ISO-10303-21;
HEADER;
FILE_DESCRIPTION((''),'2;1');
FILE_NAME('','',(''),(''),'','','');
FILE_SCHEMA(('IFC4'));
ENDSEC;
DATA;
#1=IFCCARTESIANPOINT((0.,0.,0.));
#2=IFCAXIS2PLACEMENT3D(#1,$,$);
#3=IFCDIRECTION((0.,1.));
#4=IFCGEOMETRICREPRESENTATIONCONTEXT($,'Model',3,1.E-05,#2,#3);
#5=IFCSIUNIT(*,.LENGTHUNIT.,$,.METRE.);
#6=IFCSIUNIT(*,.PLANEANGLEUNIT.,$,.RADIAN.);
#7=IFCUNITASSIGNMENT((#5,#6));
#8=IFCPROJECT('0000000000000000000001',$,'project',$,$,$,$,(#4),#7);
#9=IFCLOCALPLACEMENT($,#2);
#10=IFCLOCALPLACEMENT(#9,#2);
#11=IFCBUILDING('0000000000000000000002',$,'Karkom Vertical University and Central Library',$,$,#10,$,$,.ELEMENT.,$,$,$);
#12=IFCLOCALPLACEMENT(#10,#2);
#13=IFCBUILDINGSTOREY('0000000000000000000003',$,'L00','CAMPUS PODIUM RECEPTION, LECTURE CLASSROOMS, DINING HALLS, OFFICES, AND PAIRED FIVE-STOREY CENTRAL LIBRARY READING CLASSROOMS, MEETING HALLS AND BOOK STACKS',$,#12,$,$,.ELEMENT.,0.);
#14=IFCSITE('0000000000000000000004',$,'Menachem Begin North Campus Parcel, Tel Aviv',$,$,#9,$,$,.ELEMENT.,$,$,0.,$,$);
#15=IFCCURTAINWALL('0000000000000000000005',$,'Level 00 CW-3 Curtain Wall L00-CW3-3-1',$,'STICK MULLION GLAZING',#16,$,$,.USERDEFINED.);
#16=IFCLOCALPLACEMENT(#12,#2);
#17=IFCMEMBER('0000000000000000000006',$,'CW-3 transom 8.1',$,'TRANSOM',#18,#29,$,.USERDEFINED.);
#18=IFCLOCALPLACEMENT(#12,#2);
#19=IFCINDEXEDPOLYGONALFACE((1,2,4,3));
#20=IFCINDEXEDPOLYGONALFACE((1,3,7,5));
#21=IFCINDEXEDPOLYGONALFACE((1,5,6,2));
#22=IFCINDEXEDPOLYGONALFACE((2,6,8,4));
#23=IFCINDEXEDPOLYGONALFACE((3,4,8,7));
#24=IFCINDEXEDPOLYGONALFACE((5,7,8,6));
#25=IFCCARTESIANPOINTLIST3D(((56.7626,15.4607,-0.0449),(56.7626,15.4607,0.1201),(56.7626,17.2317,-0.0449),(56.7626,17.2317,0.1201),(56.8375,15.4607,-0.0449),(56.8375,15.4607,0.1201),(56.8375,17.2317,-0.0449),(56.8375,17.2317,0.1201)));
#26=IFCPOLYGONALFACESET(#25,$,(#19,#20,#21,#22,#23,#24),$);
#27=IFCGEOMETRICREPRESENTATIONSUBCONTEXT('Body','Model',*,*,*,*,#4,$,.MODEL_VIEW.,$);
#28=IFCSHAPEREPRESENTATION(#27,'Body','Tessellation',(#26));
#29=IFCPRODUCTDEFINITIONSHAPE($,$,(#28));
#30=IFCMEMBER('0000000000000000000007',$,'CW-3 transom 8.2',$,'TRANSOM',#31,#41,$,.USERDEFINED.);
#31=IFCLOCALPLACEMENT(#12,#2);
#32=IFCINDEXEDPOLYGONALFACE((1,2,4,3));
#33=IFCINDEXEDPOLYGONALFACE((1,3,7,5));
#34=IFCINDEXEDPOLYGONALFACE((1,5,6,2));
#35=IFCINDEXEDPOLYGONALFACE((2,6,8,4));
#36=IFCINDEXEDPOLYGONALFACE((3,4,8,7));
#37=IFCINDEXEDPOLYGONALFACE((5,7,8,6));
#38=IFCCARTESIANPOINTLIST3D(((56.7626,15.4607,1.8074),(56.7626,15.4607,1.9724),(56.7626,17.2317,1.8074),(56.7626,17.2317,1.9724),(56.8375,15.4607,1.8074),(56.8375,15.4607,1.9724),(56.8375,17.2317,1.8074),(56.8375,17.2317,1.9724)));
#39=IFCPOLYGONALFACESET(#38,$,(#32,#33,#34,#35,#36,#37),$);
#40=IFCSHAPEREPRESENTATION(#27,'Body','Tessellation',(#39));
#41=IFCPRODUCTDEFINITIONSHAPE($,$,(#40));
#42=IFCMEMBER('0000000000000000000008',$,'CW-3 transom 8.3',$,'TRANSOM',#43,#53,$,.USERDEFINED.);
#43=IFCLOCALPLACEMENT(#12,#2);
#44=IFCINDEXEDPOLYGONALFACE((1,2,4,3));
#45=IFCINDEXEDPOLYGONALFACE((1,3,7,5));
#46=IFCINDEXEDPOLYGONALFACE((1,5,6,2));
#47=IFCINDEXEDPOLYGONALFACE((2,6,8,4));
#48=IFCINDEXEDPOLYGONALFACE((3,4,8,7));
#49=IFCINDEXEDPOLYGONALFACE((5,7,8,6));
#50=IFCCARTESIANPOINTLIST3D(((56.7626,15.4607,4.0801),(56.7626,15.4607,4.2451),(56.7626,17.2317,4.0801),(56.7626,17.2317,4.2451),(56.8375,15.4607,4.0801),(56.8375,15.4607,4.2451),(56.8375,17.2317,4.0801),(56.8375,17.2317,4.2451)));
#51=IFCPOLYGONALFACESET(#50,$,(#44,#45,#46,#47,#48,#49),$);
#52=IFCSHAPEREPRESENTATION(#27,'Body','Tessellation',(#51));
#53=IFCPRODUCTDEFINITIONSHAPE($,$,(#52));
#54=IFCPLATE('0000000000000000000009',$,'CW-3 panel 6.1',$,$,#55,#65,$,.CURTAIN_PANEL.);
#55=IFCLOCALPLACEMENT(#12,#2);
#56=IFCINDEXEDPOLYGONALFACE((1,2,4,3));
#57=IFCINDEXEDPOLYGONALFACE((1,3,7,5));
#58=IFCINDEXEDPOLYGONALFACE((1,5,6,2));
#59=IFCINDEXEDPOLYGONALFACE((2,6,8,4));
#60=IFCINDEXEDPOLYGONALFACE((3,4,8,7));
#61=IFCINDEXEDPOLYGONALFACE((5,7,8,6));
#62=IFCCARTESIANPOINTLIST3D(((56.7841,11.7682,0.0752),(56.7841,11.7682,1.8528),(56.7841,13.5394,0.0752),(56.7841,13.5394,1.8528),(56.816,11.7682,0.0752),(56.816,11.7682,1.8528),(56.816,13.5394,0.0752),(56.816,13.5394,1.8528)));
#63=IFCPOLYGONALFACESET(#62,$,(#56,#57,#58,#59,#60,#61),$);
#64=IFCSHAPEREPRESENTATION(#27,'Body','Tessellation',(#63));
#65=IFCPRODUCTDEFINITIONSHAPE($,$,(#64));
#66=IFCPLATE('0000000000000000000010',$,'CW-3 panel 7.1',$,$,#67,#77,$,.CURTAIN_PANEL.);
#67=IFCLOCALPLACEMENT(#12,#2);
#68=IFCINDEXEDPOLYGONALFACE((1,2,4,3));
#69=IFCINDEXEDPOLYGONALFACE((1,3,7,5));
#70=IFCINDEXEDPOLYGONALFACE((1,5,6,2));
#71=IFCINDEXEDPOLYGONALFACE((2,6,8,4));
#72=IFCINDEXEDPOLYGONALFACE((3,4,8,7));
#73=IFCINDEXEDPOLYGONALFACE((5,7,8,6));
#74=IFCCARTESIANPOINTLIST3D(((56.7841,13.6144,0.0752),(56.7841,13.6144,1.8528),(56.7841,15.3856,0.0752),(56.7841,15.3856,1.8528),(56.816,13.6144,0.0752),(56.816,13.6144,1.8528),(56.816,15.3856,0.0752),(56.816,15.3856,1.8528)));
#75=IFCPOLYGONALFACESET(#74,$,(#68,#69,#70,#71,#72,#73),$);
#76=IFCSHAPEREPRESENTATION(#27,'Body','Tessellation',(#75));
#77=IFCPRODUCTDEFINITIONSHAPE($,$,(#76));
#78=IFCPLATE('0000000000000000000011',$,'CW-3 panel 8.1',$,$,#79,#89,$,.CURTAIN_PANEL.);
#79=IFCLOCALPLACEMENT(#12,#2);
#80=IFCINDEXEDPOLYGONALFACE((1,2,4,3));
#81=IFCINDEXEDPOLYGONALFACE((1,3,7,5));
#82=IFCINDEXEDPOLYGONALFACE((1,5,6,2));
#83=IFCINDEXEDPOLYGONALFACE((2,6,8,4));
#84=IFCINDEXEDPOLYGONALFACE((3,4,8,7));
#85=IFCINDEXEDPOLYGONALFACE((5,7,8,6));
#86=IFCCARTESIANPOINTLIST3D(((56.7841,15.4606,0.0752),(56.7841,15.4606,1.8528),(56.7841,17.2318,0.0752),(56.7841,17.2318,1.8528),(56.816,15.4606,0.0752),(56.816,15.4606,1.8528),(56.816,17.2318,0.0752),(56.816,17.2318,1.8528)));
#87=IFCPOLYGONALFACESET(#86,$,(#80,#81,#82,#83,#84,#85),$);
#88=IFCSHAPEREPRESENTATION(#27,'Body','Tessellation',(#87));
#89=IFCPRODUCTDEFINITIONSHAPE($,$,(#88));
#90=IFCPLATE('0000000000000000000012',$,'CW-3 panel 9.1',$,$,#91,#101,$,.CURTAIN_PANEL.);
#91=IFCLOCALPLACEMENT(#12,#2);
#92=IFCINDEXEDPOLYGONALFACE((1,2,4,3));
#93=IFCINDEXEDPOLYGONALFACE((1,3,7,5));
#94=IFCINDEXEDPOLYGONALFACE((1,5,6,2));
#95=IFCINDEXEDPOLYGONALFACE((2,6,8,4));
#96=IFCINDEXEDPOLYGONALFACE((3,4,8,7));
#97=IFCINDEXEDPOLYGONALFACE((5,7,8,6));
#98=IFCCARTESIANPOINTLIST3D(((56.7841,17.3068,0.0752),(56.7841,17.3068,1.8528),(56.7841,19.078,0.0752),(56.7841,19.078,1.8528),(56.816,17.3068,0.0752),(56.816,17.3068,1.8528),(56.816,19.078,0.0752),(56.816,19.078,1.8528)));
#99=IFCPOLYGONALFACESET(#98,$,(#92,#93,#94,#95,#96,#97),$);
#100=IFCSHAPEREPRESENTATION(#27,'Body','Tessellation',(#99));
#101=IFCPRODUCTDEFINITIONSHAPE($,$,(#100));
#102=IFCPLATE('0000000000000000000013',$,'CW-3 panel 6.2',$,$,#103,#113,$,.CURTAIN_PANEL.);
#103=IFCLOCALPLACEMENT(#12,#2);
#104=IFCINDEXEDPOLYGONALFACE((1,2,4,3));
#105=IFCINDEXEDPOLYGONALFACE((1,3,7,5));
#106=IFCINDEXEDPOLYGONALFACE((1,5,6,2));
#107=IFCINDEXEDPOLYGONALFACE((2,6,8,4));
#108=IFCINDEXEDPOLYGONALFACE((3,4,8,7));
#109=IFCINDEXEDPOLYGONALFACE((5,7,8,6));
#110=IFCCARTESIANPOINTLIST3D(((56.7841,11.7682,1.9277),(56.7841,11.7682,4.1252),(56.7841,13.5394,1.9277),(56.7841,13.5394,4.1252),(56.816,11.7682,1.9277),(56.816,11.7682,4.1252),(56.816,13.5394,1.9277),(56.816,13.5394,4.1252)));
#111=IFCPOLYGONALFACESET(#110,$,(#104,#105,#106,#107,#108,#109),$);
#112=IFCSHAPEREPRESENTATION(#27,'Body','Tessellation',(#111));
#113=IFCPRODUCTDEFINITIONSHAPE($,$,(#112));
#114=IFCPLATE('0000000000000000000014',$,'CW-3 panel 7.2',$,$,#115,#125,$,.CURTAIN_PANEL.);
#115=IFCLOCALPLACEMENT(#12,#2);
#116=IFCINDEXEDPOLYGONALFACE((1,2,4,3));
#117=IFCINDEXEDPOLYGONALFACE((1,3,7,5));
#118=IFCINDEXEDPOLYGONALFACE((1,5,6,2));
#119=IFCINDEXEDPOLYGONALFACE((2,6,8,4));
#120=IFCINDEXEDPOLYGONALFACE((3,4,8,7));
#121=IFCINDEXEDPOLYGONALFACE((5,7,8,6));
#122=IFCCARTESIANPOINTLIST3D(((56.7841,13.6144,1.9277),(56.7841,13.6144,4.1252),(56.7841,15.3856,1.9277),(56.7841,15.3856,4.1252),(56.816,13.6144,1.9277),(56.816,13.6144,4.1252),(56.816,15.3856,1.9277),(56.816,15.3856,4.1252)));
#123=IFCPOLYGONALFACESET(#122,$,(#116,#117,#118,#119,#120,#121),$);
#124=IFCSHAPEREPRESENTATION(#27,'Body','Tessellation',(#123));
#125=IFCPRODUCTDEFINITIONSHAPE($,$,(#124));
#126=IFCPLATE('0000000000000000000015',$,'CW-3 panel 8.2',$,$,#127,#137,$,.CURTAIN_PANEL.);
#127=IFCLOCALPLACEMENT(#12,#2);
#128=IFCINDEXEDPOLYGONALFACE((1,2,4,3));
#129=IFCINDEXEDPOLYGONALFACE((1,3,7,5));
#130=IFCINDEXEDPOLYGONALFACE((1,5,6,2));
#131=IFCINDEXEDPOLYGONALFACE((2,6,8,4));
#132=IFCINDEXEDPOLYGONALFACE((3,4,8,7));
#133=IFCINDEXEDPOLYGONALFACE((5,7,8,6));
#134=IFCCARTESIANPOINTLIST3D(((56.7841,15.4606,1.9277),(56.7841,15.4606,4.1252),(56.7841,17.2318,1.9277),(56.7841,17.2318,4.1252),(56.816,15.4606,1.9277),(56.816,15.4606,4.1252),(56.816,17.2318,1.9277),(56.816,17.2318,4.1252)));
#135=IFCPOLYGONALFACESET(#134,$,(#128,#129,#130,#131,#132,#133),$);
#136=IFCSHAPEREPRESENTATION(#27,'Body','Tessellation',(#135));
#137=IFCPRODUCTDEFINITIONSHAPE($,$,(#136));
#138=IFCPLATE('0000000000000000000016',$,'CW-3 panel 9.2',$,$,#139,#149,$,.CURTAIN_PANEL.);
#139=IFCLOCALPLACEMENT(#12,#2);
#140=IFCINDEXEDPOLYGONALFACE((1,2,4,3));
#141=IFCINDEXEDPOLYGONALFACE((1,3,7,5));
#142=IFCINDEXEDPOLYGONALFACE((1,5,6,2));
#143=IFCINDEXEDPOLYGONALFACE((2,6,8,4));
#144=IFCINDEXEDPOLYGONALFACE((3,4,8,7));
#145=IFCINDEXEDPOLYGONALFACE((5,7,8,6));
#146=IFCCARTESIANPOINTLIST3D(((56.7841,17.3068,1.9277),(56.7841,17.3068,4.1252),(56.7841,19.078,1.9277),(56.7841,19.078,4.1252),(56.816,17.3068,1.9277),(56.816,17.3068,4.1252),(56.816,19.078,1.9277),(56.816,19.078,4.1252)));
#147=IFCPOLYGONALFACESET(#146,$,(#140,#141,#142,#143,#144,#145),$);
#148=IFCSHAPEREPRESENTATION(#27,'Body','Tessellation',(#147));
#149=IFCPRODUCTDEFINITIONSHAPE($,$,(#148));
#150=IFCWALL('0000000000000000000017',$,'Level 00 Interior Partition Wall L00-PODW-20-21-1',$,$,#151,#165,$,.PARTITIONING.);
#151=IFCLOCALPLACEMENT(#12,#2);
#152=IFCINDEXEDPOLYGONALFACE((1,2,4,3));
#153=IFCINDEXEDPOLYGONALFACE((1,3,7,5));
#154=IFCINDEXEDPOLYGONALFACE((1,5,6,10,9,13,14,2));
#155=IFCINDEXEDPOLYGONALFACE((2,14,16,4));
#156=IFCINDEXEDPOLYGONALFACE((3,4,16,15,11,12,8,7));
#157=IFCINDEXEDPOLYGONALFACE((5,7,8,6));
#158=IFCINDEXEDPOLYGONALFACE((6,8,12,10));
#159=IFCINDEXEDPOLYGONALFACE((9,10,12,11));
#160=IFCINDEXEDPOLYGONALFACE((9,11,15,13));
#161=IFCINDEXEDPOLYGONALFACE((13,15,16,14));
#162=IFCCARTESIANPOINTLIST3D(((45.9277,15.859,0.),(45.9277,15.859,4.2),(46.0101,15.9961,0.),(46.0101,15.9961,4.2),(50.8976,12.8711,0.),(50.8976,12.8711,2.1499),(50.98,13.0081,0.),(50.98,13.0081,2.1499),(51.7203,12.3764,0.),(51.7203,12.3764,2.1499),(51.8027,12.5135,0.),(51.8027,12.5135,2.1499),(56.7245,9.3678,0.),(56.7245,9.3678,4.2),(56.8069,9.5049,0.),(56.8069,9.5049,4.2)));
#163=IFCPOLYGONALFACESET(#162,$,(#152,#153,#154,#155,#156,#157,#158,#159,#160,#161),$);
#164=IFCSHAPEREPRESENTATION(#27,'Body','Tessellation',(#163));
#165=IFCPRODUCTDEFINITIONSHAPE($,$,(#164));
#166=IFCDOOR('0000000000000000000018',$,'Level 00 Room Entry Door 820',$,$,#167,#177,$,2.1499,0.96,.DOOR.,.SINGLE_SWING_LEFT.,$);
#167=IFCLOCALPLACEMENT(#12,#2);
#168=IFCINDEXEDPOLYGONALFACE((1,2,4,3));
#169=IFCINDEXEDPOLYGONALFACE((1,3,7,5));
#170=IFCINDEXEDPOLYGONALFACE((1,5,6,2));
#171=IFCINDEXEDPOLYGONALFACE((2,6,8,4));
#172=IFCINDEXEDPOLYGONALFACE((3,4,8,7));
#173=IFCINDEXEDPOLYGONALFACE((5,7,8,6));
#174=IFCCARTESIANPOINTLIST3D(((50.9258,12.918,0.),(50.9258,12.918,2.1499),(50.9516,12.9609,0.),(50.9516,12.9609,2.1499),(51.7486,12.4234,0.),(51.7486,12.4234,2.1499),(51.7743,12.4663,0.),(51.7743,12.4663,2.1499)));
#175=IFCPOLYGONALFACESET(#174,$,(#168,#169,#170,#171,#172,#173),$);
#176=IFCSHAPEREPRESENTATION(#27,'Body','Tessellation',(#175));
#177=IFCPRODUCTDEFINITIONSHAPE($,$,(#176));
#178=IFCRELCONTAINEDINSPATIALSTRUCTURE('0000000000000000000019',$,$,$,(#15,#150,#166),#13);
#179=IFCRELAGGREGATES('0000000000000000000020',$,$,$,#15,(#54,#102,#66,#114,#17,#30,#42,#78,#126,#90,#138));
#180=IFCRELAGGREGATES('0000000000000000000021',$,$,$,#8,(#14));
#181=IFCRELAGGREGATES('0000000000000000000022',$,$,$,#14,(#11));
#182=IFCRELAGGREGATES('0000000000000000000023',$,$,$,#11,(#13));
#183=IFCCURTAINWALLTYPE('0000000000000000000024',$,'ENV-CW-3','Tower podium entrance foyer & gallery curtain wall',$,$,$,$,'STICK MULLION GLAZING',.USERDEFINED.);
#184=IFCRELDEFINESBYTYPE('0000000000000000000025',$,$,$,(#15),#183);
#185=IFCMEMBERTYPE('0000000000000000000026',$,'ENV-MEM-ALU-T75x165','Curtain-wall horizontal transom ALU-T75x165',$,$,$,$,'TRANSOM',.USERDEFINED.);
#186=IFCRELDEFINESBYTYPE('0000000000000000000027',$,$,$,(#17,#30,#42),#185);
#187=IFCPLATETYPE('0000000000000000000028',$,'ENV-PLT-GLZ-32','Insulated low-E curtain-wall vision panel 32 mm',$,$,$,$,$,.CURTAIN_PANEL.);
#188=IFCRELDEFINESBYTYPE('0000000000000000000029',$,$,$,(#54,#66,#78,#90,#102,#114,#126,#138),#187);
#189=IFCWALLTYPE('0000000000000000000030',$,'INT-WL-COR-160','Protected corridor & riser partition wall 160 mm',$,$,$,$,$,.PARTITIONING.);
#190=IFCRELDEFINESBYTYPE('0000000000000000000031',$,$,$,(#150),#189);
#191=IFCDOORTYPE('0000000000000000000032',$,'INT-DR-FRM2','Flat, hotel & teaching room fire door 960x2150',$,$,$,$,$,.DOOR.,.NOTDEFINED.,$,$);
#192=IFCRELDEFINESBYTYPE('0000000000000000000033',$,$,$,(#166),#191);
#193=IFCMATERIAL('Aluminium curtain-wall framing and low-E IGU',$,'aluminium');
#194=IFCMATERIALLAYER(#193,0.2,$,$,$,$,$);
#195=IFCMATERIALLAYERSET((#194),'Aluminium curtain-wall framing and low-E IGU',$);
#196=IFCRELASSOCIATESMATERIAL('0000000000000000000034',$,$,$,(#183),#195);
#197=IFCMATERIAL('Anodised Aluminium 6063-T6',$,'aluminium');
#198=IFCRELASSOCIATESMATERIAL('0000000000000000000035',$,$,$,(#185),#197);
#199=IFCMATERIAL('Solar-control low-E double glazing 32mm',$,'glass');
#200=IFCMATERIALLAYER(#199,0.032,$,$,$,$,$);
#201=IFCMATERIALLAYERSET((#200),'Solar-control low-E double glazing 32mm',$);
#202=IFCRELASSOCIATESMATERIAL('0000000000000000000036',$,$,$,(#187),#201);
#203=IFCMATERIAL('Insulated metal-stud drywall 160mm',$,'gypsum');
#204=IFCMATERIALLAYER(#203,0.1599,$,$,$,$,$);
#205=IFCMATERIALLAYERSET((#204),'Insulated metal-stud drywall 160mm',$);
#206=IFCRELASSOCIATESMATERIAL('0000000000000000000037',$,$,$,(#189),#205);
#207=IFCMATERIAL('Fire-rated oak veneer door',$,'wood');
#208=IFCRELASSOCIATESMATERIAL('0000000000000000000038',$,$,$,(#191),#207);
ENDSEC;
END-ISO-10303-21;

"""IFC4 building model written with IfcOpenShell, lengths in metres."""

from ifc_helpers import new_model, si_unit, direction, frame, frame_2d, origin, origin_with_axes, origin_2d, place, context, subcontext, project, spatial, rectangle, extrude, source, transform, mapped, material, layer, layer_set, material_profile, profile_set, type_object, element, fill, aggregate, save


model = new_model("IFC4")

# Units and contexts
model_context = context("Model", 3, precision=1e-05, world=origin(), true_north=direction((0.0, 1.0)))
body_context = subcontext(model_context, "Body", "Model", "MODEL_VIEW")
ifc_project = project(units=[si_unit("LENGTHUNIT", "METRE"), si_unit("PLANEANGLEUNIT", "RADIAN")], contexts=[model_context])

# Site, building, storey
site_placement = place(None, origin())
site = spatial("IfcSite", under=ifc_project, at=site_placement, Name="Menachem Begin North Campus Parcel, Tel Aviv", CompositionType="ELEMENT", RefElevation=0.0)
building_placement = place(site_placement, origin())
building = spatial("IfcBuilding", under=site, at=building_placement, Name="Karkom Vertical University and Central Library", CompositionType="ELEMENT")
storey_placement = place(building_placement, origin())
storey = spatial("IfcBuildingStorey", under=building, at=storey_placement, Name="L00", Description="CAMPUS PODIUM RECEPTION, LECTURE CLASSROOMS, DINING HALLS, OFFICES, AND PAIRED FIVE-STOREY CENTRAL LIBRARY READING CLASSROOMS, MEETING HALLS AND BOOK STACKS", CompositionType="ELEMENT", Elevation=0.0)

# Curtain wall, members, plates
ifc_material_1 = material(Name="Aluminium curtain-wall framing and low-E IGU", Category="aluminium")
ifc_layer_1 = layer(ifc_material_1, 0.2)
ifc_layer_set_1 = layer_set([ifc_layer_1], Name="Aluminium curtain-wall framing and low-E IGU")
curtain_wall_type = type_object("IfcCurtainWallType", Name="ENV-CW-3", Description="Tower podium entrance foyer & gallery curtain wall", ElementType="STICK MULLION GLAZING", PredefinedType="USERDEFINED", material=ifc_layer_set_1)
curtain_wall_placement = place(storey_placement, origin())
curtain_wall = element("IfcCurtainWall", 1, at=curtain_wall_placement, inside=storey, type_object=curtain_wall_type, Name="Level 00 CW-3 Curtain Wall L00-CW3-3-1", ObjectType="STICK MULLION GLAZING", PredefinedType="USERDEFINED")
ifc_material_2 = material(Name="Anodised Aluminium 6063-T6", Category="aluminium")
ifc_material_profile_1 = material_profile(ifc_material_2, rectangle(XDim=0.075, YDim=0.165, at=origin_2d()), Name="ALU-T75x165")
ifc_profile_set_1 = profile_set([ifc_material_profile_1], Name="Anodised Aluminium 6063-T6")
member_type_1 = type_object("IfcMemberType", Name="ENV-MEM-ALU-T75x165", Description="Curtain-wall horizontal transom ALU-T75x165", ElementType="TRANSOM", PredefinedType="USERDEFINED", material=ifc_profile_set_1)
shared_shape_1 = source(origin_with_axes(), body_context, "Body", "SweptSolid", [
    extrude(rectangle(XDim=0.075, YDim=0.165, at=origin_2d()), origin(), (0.0, 0.0, 1.0), 1.771),
])
member_1_placement = place(storey_placement, frame((56.8, 15.4607, 0.0376), z_axis=(0.0, 1.0, 0.0), x_axis=(-1.0, 0.0, 0.0)))
member_1 = element("IfcMember", 2, at=member_1_placement, type_object=member_type_1, Name="CW-3 transom 8.1", ObjectType="TRANSOM", PredefinedType="USERDEFINED", context=body_context, shape_type="MappedRepresentation", body=[
    mapped(shared_shape_1, transform((0.0, 0.0, 0.0), scale=1.0)),
])
member_2_placement = place(storey_placement, frame((56.8, 15.4607, 1.8899), z_axis=(0.0, 1.0, 0.0), x_axis=(-1.0, 0.0, 0.0)))
member_2 = element("IfcMember", 3, at=member_2_placement, type_object=member_type_1, Name="CW-3 transom 8.2", ObjectType="TRANSOM", PredefinedType="USERDEFINED", context=body_context, shape_type="MappedRepresentation", body=[
    mapped(shared_shape_1, transform((0.0, 0.0, 0.0), scale=1.0)),
])
member_3_placement = place(storey_placement, frame((56.8, 15.4607, 4.1626), z_axis=(0.0, 1.0, 0.0), x_axis=(-1.0, 0.0, 0.0)))
member_3 = element("IfcMember", 4, at=member_3_placement, type_object=member_type_1, Name="CW-3 transom 8.3", ObjectType="TRANSOM", PredefinedType="USERDEFINED", context=body_context, shape_type="MappedRepresentation", body=[
    mapped(shared_shape_1, transform((0.0, 0.0, 0.0), scale=1.0)),
])
ifc_material_3 = material(Name="Solar-control low-E double glazing 32mm", Category="glass")
ifc_layer_2 = layer(ifc_material_3, 0.032)
ifc_layer_set_2 = layer_set([ifc_layer_2], Name="Solar-control low-E double glazing 32mm")
plate_type = type_object("IfcPlateType", Name="ENV-PLT-GLZ-32", Description="Insulated low-E curtain-wall vision panel 32 mm", PredefinedType="CURTAIN_PANEL", material=ifc_layer_set_2)
shared_shape_2 = source(origin_with_axes(), body_context, "Body", "SweptSolid", [
    extrude(rectangle(XDim=1.7712, YDim=0.032, at=origin_2d()), origin(), (0.0, 0.0, 1.0), 1.7776),
])
plate_1_placement = place(storey_placement, frame((56.8, 12.6538, 0.0752), z_axis=(0.0, 0.0, 1.0), x_axis=(0.0, 1.0, 0.0)))
plate_1 = element("IfcPlate", 5, at=plate_1_placement, type_object=plate_type, Name="CW-3 panel 6.1", PredefinedType="CURTAIN_PANEL", context=body_context, shape_type="MappedRepresentation", body=[
    mapped(shared_shape_2, transform((0.0, 0.0, 0.0), scale=1.0)),
])
plate_2_placement = place(storey_placement, frame((56.8, 14.5, 0.0752), z_axis=(0.0, 0.0, 1.0), x_axis=(0.0, 1.0, 0.0)))
plate_2 = element("IfcPlate", 6, at=plate_2_placement, type_object=plate_type, Name="CW-3 panel 7.1", PredefinedType="CURTAIN_PANEL", context=body_context, shape_type="MappedRepresentation", body=[
    mapped(shared_shape_2, transform((0.0, 0.0, 0.0), scale=1.0)),
])
plate_3_placement = place(storey_placement, frame((56.8, 16.3462, 0.0752), z_axis=(0.0, 0.0, 1.0), x_axis=(0.0, 1.0, 0.0)))
plate_3 = element("IfcPlate", 7, at=plate_3_placement, type_object=plate_type, Name="CW-3 panel 8.1", PredefinedType="CURTAIN_PANEL", context=body_context, shape_type="MappedRepresentation", body=[
    mapped(shared_shape_2, transform((0.0, 0.0, 0.0), scale=1.0)),
])
plate_4_placement = place(storey_placement, frame((56.8, 18.1924, 0.0752), z_axis=(0.0, 0.0, 1.0), x_axis=(0.0, 1.0, 0.0)))
plate_4 = element("IfcPlate", 8, at=plate_4_placement, type_object=plate_type, Name="CW-3 panel 9.1", PredefinedType="CURTAIN_PANEL", context=body_context, shape_type="MappedRepresentation", body=[
    mapped(shared_shape_2, transform((0.0, 0.0, 0.0), scale=1.0)),
])
shared_shape_3 = source(origin_with_axes(), body_context, "Body", "SweptSolid", [
    extrude(rectangle(XDim=1.7712, YDim=0.032, at=origin_2d()), origin(), (0.0, 0.0, 1.0), 2.1975),
])
plate_5_placement = place(storey_placement, frame((56.8, 12.6538, 1.9277), z_axis=(0.0, 0.0, 1.0), x_axis=(0.0, 1.0, 0.0)))
plate_5 = element("IfcPlate", 9, at=plate_5_placement, type_object=plate_type, Name="CW-3 panel 6.2", PredefinedType="CURTAIN_PANEL", context=body_context, shape_type="MappedRepresentation", body=[
    mapped(shared_shape_3, transform((0.0, 0.0, 0.0), scale=1.0)),
])
plate_6_placement = place(storey_placement, frame((56.8, 14.5, 1.9277), z_axis=(0.0, 0.0, 1.0), x_axis=(0.0, 1.0, 0.0)))
plate_6 = element("IfcPlate", 10, at=plate_6_placement, type_object=plate_type, Name="CW-3 panel 7.2", PredefinedType="CURTAIN_PANEL", context=body_context, shape_type="MappedRepresentation", body=[
    mapped(shared_shape_3, transform((0.0, 0.0, 0.0), scale=1.0)),
])
plate_7_placement = place(storey_placement, frame((56.8, 16.3462, 1.9277), z_axis=(0.0, 0.0, 1.0), x_axis=(0.0, 1.0, 0.0)))
plate_7 = element("IfcPlate", 11, at=plate_7_placement, type_object=plate_type, Name="CW-3 panel 8.2", PredefinedType="CURTAIN_PANEL", context=body_context, shape_type="MappedRepresentation", body=[
    mapped(shared_shape_3, transform((0.0, 0.0, 0.0), scale=1.0)),
])
plate_8_placement = place(storey_placement, frame((56.8, 18.1924, 1.9277), z_axis=(0.0, 0.0, 1.0), x_axis=(0.0, 1.0, 0.0)))
plate_8 = element("IfcPlate", 12, at=plate_8_placement, type_object=plate_type, Name="CW-3 panel 9.2", PredefinedType="CURTAIN_PANEL", context=body_context, shape_type="MappedRepresentation", body=[
    mapped(shared_shape_3, transform((0.0, 0.0, 0.0), scale=1.0)),
])
aggregate(curtain_wall, [plate_1, plate_5, plate_2, plate_6, member_1, member_2, member_3, plate_3, plate_7, plate_4, plate_8])

# Wall, opening, door
ifc_material_4 = material(Name="Insulated metal-stud drywall 160mm", Category="gypsum")
ifc_layer_3 = layer(ifc_material_4, 0.1599)
ifc_layer_set_3 = layer_set([ifc_layer_3], Name="Insulated metal-stud drywall 160mm")
wall_type_1 = type_object("IfcWallType", Name="INT-WL-COR-160", Description="Protected corridor & riser partition wall 160 mm", PredefinedType="PARTITIONING", material=ifc_layer_set_3)
wall_1_placement = place(storey_placement, frame((45.969, 15.9275, 0.0), z_axis=(0.0, 0.0, 1.0), x_axis=(0.857034, -0.515259, 0.0)))
wall_1 = element("IfcWall", 13, at=wall_1_placement, inside=storey, type_object=wall_type_1, Name="Level 00 Interior Partition Wall L00-PODW-20-21-1", PredefinedType="PARTITIONING", context=body_context, shape_type="SweptSolid", body=[
    extrude(rectangle(XDim=12.5979, YDim=0.1599, at=frame_2d((6.2988, 0.0))), origin(), (0.0, 0.0, 1.0), 4.2),
])
opening_1_placement = place(wall_1_placement, frame((5.7988, 0.0, 0.0)))
opening_1 = element("IfcOpeningElement", 14, at=opening_1_placement, cuts=wall_1, PredefinedType="OPENING", context=body_context, shape_type="SweptSolid", body=[
    extrude(rectangle(XDim=0.96, YDim=2.1499, at=frame_2d((0.48, 1.075))), frame((0.0, 0.0898, 0.0), z_axis=(0.0, -1.0, 0.0), x_axis=(1.0, 0.0, 0.0)), (0.0, 0.0, 1.0), 0.1799),
])
ifc_material_5 = material(Name="Fire-rated oak veneer door", Category="wood")
door_type = type_object("IfcDoorType", Name="INT-DR-FRM2", Description="Flat, hotel & teaching room fire door 960x2150", OperationType="NOTDEFINED", PredefinedType="DOOR", material=ifc_material_5)
shared_shape_4 = source(origin_with_axes(), body_context, "Body", "SweptSolid", [
    extrude(rectangle(XDim=0.96, YDim=2.1499, at=frame_2d((0.48, 1.075))), frame((0.0, 0.0249, 0.0), z_axis=(0.0, -1.0, 0.0), x_axis=(1.0, 0.0, 0.0)), (0.0, 0.0, 1.0), 0.05),
])
door_1_placement = place(opening_1_placement, origin())
door_1 = element("IfcDoor", 15, at=door_1_placement, inside=storey, type_object=door_type, Name="Level 00 Room Entry Door 820", OperationType="SINGLE_SWING_LEFT", OverallHeight=2.1499, OverallWidth=0.96, PredefinedType="DOOR", context=body_context, shape_type="MappedRepresentation", body=[
    mapped(shared_shape_4, transform((0.0, 0.0, 0.0), scale=1.0)),
])
fill(opening_1, door_1)

save(model, "model.ifc")
